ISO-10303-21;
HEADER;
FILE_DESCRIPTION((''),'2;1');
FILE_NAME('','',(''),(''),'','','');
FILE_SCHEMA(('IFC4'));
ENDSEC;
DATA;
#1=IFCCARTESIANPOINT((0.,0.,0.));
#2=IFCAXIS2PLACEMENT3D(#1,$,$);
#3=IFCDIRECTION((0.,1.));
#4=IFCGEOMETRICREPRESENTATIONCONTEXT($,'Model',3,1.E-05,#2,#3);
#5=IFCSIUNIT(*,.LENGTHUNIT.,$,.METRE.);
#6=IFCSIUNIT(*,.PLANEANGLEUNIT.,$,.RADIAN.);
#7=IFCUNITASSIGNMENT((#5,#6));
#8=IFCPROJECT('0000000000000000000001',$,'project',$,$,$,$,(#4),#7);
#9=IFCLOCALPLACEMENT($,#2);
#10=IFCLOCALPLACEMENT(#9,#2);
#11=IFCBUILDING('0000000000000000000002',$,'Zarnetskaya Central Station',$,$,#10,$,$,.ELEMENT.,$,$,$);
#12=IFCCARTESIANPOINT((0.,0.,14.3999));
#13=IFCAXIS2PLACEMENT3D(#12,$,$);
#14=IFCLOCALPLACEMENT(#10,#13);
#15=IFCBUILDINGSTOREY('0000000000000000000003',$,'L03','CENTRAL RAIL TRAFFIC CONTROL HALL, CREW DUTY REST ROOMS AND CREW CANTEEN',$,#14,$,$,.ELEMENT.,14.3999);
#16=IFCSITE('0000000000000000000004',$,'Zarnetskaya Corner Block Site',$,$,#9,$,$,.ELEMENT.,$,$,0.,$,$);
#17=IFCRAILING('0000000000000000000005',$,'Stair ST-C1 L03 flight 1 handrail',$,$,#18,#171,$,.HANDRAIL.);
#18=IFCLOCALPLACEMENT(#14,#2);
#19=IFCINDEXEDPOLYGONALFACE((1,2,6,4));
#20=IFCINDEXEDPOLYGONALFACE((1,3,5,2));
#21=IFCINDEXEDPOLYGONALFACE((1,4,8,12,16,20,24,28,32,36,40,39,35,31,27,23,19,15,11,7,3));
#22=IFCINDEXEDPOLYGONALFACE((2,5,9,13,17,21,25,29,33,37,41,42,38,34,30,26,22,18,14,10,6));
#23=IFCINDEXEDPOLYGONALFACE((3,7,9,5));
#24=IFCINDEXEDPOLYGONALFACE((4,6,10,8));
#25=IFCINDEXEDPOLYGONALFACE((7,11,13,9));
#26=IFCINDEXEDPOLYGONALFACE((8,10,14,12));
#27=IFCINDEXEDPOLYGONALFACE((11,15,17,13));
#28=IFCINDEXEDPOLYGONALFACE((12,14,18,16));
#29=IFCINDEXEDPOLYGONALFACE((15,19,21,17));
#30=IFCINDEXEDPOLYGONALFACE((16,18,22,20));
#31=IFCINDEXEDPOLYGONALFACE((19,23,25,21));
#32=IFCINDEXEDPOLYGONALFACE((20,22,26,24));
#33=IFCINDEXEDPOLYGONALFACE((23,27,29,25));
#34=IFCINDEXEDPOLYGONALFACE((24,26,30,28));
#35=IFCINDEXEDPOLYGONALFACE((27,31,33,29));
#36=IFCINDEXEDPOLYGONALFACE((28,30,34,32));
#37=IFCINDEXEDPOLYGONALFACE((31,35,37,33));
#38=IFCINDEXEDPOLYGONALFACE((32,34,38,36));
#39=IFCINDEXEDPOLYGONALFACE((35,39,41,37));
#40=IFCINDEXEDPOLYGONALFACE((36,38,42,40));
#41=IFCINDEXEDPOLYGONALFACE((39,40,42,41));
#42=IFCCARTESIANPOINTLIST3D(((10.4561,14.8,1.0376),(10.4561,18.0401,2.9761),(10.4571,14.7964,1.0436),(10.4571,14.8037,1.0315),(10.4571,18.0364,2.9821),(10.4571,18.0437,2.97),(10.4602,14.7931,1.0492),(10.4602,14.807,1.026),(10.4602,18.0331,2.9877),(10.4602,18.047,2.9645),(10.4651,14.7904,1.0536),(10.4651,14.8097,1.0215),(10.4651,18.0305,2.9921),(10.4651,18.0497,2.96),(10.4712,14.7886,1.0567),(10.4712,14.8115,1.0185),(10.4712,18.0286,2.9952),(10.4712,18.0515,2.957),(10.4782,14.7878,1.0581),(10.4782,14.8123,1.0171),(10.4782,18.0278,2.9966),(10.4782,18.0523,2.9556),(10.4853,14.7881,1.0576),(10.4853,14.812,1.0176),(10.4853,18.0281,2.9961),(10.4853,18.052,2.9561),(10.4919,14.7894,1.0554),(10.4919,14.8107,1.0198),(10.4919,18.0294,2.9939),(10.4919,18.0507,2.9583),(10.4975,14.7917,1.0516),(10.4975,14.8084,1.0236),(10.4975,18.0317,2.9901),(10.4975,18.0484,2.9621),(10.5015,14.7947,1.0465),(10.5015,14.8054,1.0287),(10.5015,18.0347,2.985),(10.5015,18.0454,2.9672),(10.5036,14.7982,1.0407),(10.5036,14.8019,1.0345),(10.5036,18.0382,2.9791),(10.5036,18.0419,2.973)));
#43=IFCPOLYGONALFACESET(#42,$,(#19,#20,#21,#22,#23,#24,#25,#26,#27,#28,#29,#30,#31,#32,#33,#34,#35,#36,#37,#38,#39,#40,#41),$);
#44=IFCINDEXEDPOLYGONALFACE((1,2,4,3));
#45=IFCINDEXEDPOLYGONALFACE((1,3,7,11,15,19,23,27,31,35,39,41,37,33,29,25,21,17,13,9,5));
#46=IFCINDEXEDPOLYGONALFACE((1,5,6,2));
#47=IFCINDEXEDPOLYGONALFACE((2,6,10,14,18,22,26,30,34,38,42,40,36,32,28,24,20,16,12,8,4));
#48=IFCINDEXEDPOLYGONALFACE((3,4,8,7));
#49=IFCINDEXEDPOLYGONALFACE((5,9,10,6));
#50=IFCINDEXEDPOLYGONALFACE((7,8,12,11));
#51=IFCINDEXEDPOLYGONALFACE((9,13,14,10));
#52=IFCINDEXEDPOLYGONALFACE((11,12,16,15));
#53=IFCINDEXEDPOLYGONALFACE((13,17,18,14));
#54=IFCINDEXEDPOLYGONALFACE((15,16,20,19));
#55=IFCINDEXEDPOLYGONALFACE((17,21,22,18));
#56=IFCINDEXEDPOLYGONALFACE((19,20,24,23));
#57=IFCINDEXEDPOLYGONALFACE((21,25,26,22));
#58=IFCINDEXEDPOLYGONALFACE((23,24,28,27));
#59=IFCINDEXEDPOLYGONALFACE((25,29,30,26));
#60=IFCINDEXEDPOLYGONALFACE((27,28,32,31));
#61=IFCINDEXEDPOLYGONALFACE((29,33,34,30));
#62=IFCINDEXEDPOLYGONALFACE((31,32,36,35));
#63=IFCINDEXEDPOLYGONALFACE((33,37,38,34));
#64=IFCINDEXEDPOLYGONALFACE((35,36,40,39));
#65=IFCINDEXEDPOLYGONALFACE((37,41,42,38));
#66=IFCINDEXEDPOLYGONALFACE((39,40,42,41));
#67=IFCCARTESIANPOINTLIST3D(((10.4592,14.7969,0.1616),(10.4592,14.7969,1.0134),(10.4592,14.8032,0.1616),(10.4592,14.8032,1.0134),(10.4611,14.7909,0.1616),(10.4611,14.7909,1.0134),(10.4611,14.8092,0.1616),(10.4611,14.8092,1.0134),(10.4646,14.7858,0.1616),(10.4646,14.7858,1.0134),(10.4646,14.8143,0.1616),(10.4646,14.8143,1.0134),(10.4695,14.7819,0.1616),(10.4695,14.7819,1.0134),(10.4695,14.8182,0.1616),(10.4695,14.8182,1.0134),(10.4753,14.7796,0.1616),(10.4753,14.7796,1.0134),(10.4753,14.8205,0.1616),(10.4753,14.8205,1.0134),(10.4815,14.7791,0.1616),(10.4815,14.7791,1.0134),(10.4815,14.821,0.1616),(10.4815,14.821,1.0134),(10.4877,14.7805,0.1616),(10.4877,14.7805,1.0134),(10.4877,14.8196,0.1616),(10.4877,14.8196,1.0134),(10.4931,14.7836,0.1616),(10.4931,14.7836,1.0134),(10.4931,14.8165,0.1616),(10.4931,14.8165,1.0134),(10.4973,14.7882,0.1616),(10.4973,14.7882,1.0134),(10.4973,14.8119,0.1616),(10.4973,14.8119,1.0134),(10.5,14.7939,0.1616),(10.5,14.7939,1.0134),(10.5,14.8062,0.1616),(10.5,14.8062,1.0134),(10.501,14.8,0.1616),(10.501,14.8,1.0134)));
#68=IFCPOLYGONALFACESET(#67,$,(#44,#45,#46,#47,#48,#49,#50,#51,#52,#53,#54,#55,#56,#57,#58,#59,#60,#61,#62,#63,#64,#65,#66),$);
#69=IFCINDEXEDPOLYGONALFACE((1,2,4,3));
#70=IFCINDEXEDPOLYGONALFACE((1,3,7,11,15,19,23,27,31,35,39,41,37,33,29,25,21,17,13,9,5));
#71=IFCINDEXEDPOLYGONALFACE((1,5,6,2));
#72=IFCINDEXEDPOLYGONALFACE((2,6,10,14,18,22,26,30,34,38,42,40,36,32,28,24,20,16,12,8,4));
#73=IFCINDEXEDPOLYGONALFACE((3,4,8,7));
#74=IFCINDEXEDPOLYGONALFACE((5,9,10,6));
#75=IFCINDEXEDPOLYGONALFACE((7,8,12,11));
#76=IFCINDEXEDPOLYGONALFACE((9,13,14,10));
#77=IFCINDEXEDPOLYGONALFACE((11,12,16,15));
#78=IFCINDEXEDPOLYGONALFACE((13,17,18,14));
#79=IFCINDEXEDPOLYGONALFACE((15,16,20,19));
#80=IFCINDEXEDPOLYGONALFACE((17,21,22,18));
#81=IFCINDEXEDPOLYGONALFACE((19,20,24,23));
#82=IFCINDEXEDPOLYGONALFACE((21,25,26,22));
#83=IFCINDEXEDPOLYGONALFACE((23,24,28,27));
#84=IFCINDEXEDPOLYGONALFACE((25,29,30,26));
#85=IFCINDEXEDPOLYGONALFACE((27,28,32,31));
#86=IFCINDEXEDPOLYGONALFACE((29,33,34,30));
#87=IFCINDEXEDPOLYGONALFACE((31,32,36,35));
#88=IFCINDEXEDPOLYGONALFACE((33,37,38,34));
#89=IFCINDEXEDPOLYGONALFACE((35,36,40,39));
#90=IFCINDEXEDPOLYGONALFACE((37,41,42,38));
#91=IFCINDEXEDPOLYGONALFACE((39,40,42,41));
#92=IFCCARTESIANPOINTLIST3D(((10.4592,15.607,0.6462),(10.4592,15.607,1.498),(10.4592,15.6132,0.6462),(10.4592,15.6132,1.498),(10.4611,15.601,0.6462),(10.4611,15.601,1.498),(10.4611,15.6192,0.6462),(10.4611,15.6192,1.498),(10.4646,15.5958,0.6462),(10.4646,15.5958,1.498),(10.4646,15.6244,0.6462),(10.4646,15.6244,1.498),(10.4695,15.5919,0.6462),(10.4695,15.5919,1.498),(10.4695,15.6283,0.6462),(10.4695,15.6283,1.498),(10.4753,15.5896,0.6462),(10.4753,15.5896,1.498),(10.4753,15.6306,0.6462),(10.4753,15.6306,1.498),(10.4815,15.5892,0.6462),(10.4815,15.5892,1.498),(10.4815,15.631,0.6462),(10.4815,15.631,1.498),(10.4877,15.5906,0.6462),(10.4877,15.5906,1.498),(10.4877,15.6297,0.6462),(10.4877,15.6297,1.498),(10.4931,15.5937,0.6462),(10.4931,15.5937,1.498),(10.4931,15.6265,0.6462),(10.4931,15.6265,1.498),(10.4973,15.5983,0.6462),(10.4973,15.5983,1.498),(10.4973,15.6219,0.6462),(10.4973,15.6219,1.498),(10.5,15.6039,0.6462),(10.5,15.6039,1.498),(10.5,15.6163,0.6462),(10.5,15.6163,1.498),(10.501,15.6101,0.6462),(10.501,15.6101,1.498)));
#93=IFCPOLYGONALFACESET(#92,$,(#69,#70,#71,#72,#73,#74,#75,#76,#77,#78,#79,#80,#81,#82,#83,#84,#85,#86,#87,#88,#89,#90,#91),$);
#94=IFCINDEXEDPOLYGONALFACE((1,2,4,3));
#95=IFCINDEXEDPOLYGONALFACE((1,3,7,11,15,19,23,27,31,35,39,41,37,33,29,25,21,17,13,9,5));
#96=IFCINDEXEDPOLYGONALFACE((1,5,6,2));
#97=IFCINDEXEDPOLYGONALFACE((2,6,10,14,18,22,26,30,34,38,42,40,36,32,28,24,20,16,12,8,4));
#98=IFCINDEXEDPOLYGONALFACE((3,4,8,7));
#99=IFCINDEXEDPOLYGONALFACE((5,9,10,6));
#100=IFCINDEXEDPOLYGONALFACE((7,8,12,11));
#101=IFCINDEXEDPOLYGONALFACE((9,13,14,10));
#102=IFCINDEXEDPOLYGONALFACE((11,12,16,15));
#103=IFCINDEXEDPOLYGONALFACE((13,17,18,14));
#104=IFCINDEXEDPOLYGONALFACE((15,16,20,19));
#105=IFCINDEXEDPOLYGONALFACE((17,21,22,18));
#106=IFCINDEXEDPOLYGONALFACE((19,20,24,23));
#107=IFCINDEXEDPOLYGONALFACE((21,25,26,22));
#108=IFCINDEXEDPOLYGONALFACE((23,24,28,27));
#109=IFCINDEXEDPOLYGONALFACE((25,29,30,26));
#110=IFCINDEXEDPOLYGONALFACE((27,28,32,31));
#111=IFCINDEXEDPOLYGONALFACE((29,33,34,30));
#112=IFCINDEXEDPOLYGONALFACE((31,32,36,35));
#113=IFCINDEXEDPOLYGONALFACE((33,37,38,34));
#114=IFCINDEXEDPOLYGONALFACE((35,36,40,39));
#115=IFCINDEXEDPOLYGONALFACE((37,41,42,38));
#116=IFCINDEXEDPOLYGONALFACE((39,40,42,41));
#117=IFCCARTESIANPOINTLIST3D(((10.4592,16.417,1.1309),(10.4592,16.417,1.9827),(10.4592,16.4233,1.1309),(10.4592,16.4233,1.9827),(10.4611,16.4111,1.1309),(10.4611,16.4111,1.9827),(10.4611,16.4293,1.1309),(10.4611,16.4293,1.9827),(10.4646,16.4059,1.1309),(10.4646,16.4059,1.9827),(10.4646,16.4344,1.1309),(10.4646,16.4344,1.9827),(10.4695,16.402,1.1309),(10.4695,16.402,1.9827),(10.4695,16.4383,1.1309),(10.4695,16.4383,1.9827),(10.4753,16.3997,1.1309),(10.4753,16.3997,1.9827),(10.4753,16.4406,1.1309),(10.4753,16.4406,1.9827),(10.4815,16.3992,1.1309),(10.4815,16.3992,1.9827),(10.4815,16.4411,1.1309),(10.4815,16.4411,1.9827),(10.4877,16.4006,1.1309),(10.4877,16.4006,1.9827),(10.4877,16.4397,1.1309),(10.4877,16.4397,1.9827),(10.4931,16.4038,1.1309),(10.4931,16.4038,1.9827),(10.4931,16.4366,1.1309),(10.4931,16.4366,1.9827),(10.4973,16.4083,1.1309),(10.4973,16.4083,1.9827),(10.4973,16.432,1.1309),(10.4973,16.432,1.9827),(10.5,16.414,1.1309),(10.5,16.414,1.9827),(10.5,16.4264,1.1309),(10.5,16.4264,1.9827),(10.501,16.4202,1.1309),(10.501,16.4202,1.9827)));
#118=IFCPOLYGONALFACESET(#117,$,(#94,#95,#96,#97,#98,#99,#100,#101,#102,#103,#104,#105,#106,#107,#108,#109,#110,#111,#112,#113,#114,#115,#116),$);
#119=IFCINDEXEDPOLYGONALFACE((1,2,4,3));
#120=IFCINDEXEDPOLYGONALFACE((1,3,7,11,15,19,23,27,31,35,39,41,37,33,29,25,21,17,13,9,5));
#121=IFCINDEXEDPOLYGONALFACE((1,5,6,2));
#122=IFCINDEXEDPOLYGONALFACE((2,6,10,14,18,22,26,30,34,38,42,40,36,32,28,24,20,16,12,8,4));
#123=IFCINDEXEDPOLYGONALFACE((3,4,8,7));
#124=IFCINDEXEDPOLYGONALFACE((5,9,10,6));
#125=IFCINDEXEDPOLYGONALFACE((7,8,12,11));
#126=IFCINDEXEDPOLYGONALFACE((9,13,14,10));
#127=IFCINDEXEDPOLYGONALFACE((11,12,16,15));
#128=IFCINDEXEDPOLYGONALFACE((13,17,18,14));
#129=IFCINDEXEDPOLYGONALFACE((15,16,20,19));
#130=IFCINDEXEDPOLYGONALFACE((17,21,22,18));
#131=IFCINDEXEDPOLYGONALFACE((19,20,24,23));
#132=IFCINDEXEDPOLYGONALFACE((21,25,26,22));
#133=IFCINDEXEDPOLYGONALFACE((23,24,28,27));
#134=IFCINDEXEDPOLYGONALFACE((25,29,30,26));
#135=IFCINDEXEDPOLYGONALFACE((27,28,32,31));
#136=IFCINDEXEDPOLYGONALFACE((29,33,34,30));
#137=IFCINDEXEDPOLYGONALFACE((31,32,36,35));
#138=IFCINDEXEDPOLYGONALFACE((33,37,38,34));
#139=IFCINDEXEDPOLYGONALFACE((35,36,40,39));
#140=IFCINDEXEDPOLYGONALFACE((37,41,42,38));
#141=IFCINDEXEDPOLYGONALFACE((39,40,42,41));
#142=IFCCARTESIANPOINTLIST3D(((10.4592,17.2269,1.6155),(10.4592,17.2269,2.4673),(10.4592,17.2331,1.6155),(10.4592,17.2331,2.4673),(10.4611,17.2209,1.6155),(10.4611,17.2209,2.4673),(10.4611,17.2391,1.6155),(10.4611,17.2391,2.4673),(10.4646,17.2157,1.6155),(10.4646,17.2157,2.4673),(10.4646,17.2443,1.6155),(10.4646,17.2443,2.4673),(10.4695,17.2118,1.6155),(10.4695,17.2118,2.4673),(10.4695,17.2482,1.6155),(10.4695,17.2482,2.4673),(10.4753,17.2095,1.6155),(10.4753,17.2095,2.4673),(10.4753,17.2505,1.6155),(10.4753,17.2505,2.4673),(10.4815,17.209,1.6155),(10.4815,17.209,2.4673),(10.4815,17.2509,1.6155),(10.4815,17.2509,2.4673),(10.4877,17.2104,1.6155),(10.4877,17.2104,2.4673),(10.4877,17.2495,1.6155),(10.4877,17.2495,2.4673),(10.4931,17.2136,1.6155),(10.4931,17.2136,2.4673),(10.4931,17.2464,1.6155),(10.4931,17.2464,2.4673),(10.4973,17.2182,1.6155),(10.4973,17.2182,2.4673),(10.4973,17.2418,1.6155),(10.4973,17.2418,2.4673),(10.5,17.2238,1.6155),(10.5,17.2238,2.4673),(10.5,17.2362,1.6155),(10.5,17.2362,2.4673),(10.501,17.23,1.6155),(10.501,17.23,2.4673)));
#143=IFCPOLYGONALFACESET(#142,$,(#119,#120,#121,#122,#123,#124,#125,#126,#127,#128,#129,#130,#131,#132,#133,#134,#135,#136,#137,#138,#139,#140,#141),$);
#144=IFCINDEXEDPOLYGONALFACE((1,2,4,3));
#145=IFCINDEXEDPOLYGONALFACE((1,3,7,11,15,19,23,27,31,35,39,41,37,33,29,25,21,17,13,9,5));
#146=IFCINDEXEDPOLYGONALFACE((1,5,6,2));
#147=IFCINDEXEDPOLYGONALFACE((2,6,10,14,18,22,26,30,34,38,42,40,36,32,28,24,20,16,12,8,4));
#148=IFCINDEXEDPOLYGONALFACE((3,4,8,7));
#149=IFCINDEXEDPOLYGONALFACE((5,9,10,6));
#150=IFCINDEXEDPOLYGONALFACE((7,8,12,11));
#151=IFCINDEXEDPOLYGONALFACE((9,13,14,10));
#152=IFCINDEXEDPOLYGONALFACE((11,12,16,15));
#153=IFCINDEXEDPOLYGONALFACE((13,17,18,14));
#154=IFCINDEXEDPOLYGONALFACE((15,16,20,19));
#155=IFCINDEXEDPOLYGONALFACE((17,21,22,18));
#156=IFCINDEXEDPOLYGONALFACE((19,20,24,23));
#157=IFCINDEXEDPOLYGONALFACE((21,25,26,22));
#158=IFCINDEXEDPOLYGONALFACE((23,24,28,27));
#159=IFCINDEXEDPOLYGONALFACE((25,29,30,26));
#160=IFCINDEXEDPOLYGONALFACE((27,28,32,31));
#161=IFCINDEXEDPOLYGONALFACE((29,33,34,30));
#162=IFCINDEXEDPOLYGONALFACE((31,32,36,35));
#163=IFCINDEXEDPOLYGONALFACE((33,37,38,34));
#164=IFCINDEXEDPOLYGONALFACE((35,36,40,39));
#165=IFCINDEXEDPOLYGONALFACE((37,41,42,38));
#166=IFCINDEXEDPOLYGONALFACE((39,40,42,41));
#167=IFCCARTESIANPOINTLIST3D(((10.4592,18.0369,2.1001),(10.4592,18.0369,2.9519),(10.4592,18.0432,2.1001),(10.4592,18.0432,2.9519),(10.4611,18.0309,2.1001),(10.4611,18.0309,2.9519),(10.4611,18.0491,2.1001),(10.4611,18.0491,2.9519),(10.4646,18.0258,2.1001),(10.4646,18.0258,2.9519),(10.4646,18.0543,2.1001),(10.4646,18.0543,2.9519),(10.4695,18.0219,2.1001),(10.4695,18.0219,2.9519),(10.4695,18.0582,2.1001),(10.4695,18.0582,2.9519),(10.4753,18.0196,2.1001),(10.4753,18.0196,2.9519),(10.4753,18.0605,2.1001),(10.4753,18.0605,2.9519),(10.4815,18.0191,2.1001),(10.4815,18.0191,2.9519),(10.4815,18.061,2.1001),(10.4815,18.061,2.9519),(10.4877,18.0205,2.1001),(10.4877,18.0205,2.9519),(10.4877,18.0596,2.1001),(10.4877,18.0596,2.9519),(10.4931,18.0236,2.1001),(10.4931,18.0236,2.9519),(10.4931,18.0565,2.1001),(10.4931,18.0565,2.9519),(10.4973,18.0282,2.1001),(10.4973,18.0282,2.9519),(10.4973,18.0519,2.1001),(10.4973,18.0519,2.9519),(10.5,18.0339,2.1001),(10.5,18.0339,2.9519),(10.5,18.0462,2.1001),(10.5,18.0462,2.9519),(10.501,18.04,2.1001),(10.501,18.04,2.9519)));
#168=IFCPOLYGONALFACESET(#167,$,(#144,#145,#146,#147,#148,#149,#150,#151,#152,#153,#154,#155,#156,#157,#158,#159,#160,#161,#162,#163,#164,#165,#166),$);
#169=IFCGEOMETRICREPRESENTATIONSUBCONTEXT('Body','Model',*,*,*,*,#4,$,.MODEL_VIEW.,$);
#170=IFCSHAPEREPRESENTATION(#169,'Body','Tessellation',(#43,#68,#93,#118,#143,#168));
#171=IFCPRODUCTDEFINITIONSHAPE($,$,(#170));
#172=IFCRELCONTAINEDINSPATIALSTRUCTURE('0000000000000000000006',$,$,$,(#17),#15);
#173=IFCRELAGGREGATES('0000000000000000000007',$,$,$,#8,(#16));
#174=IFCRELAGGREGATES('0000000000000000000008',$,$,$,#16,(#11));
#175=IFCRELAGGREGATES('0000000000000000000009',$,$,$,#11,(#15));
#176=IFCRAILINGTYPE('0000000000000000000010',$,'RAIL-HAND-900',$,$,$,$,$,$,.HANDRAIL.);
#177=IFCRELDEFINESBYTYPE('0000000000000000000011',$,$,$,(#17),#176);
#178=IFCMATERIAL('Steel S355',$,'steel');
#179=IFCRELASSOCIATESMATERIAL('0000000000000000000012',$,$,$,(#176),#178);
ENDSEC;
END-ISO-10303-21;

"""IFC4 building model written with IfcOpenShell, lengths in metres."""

from ifc_helpers import new_model, si_unit, direction, frame, origin, origin_2d, place, context, subcontext, project, spatial, circle, extrude, material, type_object, element, save


model = new_model("IFC4")

# Units and contexts
model_context = context("Model", 3, precision=1e-05, world=origin(), true_north=direction((0.0, 1.0)))
body_context = subcontext(model_context, "Body", "Model", "MODEL_VIEW")
ifc_project = project(units=[si_unit("LENGTHUNIT", "METRE"), si_unit("PLANEANGLEUNIT", "RADIAN")], contexts=[model_context])

# Site, building, storey
site_placement = place(None, origin())
site = spatial("IfcSite", under=ifc_project, at=site_placement, Name="Zarnetskaya Corner Block Site", CompositionType="ELEMENT", RefElevation=0.0)
building_placement = place(site_placement, origin())
building = spatial("IfcBuilding", under=site, at=building_placement, Name="Zarnetskaya Central Station", CompositionType="ELEMENT")
storey_placement = place(building_placement, frame((0.0, 0.0, 14.3999)))
storey = spatial("IfcBuildingStorey", under=building, at=storey_placement, Name="L03", Description="CENTRAL RAIL TRAFFIC CONTROL HALL, CREW DUTY REST ROOMS AND CREW CANTEEN", CompositionType="ELEMENT", Elevation=14.3999)

# Shared definitions
ifc_material_1 = material(Name="Steel S355", Category="steel")

# Railing
railing_type_1 = type_object("IfcRailingType", Name="RAIL-HAND-900", PredefinedType="HANDRAIL", material=ifc_material_1)
railing_1_placement = place(storey_placement, frame((10.48, 14.8, 0.1616)))
element("IfcRailing", 1, at=railing_1_placement, inside=storey, type_object=railing_type_1, Name="Stair ST-C1 L03 flight 1 handrail", PredefinedType="HANDRAIL", context=body_context, shape_type="SweptSolid", body=[
    extrude(circle(Radius=0.0239, at=origin_2d()), frame((0.0, 0.0, 0.876), z_axis=(0.0, 0.858137, 0.513421), x_axis=(-1.0, 0.0, 0.0)), (0.0, 0.0, 1.0), 3.7756),
    extrude(circle(Radius=0.021, at=origin_2d()), origin(), (0.0, 0.0, 1.0), 0.8518),
    extrude(circle(Radius=0.021, at=origin_2d()), frame((0.0, 0.8101, 0.4846)), (0.0, 0.0, 1.0), 0.8518),
    extrude(circle(Radius=0.021, at=origin_2d()), frame((0.0, 1.6201, 0.9692)), (0.0, 0.0, 1.0), 0.8518),
    extrude(circle(Radius=0.021, at=origin_2d()), frame((0.0, 2.4299, 1.4539)), (0.0, 0.0, 1.0), 0.8518),
    extrude(circle(Radius=0.021, at=origin_2d()), frame((0.0, 3.24, 1.9385)), (0.0, 0.0, 1.0), 0.8518),
])

save(model, "model.ifc")
